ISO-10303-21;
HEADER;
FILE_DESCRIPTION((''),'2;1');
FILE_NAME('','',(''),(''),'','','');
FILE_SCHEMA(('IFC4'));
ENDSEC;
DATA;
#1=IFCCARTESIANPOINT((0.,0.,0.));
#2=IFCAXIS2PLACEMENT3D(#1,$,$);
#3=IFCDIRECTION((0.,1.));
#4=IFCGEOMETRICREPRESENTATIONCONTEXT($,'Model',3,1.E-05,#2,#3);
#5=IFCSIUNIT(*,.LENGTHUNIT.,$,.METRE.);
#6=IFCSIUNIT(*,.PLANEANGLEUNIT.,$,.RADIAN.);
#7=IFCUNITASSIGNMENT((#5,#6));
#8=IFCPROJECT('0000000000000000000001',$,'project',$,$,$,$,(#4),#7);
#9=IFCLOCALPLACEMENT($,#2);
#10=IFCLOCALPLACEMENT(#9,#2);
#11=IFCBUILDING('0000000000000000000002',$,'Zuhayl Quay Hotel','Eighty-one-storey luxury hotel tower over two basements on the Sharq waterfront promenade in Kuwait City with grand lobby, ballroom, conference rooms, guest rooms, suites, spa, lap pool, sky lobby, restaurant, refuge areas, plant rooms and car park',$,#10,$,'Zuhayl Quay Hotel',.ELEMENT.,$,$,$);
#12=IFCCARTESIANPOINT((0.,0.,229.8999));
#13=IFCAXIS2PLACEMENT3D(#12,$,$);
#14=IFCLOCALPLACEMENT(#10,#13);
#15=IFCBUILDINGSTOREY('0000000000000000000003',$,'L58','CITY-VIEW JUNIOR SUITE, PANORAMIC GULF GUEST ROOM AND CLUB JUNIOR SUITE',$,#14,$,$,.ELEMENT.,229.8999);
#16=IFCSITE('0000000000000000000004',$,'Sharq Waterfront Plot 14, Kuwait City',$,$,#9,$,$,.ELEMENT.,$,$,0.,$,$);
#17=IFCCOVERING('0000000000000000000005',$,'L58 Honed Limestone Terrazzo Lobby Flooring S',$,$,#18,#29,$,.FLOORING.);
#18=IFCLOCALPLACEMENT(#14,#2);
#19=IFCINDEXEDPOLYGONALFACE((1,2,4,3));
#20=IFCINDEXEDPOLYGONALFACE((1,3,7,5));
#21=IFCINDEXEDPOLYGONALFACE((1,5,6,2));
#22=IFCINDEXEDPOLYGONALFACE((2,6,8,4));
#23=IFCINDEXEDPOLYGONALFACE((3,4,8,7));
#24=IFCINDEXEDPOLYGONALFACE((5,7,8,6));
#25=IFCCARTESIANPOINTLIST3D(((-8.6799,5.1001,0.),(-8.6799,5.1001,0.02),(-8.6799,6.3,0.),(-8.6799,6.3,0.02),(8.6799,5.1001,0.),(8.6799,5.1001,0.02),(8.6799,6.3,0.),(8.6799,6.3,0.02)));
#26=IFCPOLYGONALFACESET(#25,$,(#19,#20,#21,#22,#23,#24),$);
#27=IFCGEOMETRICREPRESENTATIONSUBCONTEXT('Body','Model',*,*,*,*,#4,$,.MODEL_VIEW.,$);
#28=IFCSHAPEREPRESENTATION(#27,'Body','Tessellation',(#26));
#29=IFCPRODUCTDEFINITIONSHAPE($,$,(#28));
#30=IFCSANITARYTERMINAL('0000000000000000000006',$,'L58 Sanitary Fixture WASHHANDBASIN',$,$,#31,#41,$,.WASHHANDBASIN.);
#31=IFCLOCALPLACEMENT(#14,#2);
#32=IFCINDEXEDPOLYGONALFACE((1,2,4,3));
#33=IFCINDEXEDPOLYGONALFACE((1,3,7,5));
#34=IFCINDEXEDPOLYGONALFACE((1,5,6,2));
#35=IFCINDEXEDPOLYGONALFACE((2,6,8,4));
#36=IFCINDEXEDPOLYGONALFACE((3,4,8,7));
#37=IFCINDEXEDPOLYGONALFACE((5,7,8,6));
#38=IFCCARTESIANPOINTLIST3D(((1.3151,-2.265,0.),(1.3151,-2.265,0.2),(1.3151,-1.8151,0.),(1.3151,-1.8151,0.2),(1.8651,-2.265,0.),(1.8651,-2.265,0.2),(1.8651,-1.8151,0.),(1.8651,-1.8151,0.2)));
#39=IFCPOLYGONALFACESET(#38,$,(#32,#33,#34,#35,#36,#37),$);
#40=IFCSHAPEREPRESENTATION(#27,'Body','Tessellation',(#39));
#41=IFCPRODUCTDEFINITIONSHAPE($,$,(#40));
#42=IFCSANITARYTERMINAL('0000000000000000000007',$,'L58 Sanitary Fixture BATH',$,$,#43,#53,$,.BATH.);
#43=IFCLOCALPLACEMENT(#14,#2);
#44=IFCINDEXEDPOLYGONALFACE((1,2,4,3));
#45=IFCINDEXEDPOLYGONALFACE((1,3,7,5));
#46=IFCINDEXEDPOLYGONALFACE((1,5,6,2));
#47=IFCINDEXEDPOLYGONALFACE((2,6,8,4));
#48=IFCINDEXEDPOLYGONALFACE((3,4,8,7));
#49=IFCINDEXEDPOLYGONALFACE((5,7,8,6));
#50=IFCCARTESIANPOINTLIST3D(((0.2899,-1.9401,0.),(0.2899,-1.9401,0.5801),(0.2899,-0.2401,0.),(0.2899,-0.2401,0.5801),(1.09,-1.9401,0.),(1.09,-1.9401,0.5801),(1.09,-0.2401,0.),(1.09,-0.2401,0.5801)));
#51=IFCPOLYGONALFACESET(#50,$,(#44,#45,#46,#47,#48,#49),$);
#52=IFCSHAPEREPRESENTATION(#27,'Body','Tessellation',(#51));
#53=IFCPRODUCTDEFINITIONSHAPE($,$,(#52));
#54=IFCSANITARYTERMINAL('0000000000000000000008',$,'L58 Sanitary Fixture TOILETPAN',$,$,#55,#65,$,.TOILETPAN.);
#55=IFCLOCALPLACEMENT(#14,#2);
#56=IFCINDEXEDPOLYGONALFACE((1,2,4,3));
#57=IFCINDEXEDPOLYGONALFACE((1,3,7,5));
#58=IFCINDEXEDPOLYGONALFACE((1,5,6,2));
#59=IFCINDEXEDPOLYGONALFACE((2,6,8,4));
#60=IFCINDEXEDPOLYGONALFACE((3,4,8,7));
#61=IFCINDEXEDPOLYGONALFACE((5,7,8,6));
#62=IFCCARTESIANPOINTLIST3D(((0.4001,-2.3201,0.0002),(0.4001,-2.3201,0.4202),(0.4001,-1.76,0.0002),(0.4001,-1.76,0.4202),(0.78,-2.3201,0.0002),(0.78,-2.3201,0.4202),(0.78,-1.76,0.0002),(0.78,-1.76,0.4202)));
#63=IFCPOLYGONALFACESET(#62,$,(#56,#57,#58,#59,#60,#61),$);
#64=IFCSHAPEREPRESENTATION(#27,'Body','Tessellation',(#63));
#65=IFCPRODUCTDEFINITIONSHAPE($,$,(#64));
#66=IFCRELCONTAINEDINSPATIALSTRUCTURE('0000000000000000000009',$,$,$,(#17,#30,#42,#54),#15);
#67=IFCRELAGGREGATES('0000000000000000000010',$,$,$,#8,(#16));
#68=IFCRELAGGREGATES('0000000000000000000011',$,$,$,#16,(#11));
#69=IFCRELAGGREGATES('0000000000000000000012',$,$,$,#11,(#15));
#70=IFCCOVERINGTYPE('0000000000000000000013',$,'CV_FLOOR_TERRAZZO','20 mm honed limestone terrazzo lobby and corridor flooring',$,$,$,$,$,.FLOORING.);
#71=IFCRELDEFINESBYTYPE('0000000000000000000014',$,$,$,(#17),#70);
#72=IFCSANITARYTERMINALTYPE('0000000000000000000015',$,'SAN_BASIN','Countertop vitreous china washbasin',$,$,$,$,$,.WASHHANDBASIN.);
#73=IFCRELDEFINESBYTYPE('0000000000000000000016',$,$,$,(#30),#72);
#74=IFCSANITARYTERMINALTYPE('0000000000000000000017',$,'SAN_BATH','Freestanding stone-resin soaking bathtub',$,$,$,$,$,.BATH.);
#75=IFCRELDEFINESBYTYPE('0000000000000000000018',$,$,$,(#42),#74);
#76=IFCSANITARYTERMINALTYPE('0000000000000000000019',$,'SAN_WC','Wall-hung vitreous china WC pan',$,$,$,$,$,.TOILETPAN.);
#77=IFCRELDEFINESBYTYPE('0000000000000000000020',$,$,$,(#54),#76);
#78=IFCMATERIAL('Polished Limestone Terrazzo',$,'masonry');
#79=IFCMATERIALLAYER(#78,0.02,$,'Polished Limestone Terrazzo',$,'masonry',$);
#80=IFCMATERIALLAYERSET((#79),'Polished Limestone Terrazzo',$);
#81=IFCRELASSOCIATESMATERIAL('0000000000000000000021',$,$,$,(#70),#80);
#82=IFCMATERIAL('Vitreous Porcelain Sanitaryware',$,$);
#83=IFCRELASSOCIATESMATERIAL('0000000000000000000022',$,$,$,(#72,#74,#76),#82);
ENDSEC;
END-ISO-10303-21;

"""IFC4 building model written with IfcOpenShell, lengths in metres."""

from ifc_helpers import new_model, si_unit, direction, frame, origin, origin_2d, place, context, subcontext, project, spatial, polyline, rectangle, outline, extrude, material, layer, layer_set, type_object, element, save


model = new_model("IFC4")

# Units and contexts
model_context = context("Model", 3, precision=1e-05, world=origin(), true_north=direction((0.0, 1.0)))
body_context = subcontext(model_context, "Body", "Model", "MODEL_VIEW")
ifc_project = project(units=[si_unit("LENGTHUNIT", "METRE"), si_unit("PLANEANGLEUNIT", "RADIAN")], contexts=[model_context])

# Site, building, storey
site_placement = place(None, origin())
site = spatial("IfcSite", under=ifc_project, at=site_placement, Name="Sharq Waterfront Plot 14, Kuwait City", CompositionType="ELEMENT", RefElevation=0.0)
building_placement = place(site_placement, origin())
building = spatial("IfcBuilding", under=site, at=building_placement, Name="Zuhayl Quay Hotel", Description="Eighty-one-storey luxury hotel tower over two basements on the Sharq waterfront promenade in Kuwait City with grand lobby, ballroom, conference rooms, guest rooms, suites, spa, lap pool, sky lobby, restaurant, refuge areas, plant rooms and car park", LongName="Zuhayl Quay Hotel", CompositionType="ELEMENT")
storey_placement = place(building_placement, frame((0.0, 0.0, 229.8999)))
storey = spatial("IfcBuildingStorey", under=building, at=storey_placement, Name="L58", Description="CITY-VIEW JUNIOR SUITE, PANORAMIC GULF GUEST ROOM AND CLUB JUNIOR SUITE", CompositionType="ELEMENT", Elevation=229.8999)

# Covering
ifc_material_1 = material(Name="Polished Limestone Terrazzo", Category="masonry")
ifc_layer_1 = layer(ifc_material_1, 0.02, Name="Polished Limestone Terrazzo", Category="masonry")
ifc_layer_set_1 = layer_set([ifc_layer_1], Name="Polished Limestone Terrazzo")
covering_type_1 = type_object("IfcCoveringType", Name="CV_FLOOR_TERRAZZO", Description="20 mm honed limestone terrazzo lobby and corridor flooring", PredefinedType="FLOORING", material=ifc_layer_set_1)
covering_1_placement = place(storey_placement, origin())
element("IfcCovering", 1, at=covering_1_placement, inside=storey, type_object=covering_type_1, Name="L58 Honed Limestone Terrazzo Lobby Flooring S", PredefinedType="FLOORING", context=body_context, shape_type="SweptSolid", body=[
    extrude(outline(polyline([(-8.6799, 5.1001), (8.6799, 5.1001), (8.6799, 6.3), (-8.6799, 6.3), (-8.6799, 5.1001)])), origin(), (0.0, 0.0, 1.0), 0.02),
])

# Sanitary terminals
ifc_material_2 = material(Name="Vitreous Porcelain Sanitaryware")
sanitary_terminal_type_1 = type_object("IfcSanitaryTerminalType", Name="SAN_BASIN", Description="Countertop vitreous china washbasin", PredefinedType="WASHHANDBASIN", material=ifc_material_2)
sanitary_terminal_1_placement = place(storey_placement, frame((1.5901, -2.04, 0.0), z_axis=(0.0, 0.0, 1.0), x_axis=(1.0, 0.0, 0.0)))
element("IfcSanitaryTerminal", 2, at=sanitary_terminal_1_placement, inside=storey, type_object=sanitary_terminal_type_1, Name="L58 Sanitary Fixture WASHHANDBASIN", PredefinedType="WASHHANDBASIN", context=body_context, shape_type="SweptSolid", body=[
    extrude(rectangle(XDim=0.55, YDim=0.45, at=origin_2d()), origin(), (0.0, 0.0, 1.0), 0.2),
])
sanitary_terminal_type_2 = type_object("IfcSanitaryTerminalType", Name="SAN_BATH", Description="Freestanding stone-resin soaking bathtub", PredefinedType="BATH", material=ifc_material_2)
sanitary_terminal_2_placement = place(storey_placement, frame((0.6899, -1.0901, 0.0), z_axis=(0.0, 0.0, 1.0), x_axis=(1.0, 0.0, 0.0)))
element("IfcSanitaryTerminal", 3, at=sanitary_terminal_2_placement, inside=storey, type_object=sanitary_terminal_type_2, Name="L58 Sanitary Fixture BATH", PredefinedType="BATH", context=body_context, shape_type="SweptSolid", body=[
    extrude(rectangle(XDim=0.8, YDim=1.7, at=origin_2d()), origin(), (0.0, 0.0, 1.0), 0.5801),
])
sanitary_terminal_type_3 = type_object("IfcSanitaryTerminalType", Name="SAN_WC", Description="Wall-hung vitreous china WC pan", PredefinedType="TOILETPAN", material=ifc_material_2)
sanitary_terminal_3_placement = place(storey_placement, frame((0.5901, -2.04, 0.0002), z_axis=(0.0, 0.0, 1.0), x_axis=(1.0, 0.0, 0.0)))
element("IfcSanitaryTerminal", 4, at=sanitary_terminal_3_placement, inside=storey, type_object=sanitary_terminal_type_3, Name="L58 Sanitary Fixture TOILETPAN", PredefinedType="TOILETPAN", context=body_context, shape_type="SweptSolid", body=[
    extrude(rectangle(XDim=0.3799, YDim=0.5601, at=origin_2d()), origin(), (0.0, 0.0, 1.0), 0.4199),
])

save(model, "model.ifc")
